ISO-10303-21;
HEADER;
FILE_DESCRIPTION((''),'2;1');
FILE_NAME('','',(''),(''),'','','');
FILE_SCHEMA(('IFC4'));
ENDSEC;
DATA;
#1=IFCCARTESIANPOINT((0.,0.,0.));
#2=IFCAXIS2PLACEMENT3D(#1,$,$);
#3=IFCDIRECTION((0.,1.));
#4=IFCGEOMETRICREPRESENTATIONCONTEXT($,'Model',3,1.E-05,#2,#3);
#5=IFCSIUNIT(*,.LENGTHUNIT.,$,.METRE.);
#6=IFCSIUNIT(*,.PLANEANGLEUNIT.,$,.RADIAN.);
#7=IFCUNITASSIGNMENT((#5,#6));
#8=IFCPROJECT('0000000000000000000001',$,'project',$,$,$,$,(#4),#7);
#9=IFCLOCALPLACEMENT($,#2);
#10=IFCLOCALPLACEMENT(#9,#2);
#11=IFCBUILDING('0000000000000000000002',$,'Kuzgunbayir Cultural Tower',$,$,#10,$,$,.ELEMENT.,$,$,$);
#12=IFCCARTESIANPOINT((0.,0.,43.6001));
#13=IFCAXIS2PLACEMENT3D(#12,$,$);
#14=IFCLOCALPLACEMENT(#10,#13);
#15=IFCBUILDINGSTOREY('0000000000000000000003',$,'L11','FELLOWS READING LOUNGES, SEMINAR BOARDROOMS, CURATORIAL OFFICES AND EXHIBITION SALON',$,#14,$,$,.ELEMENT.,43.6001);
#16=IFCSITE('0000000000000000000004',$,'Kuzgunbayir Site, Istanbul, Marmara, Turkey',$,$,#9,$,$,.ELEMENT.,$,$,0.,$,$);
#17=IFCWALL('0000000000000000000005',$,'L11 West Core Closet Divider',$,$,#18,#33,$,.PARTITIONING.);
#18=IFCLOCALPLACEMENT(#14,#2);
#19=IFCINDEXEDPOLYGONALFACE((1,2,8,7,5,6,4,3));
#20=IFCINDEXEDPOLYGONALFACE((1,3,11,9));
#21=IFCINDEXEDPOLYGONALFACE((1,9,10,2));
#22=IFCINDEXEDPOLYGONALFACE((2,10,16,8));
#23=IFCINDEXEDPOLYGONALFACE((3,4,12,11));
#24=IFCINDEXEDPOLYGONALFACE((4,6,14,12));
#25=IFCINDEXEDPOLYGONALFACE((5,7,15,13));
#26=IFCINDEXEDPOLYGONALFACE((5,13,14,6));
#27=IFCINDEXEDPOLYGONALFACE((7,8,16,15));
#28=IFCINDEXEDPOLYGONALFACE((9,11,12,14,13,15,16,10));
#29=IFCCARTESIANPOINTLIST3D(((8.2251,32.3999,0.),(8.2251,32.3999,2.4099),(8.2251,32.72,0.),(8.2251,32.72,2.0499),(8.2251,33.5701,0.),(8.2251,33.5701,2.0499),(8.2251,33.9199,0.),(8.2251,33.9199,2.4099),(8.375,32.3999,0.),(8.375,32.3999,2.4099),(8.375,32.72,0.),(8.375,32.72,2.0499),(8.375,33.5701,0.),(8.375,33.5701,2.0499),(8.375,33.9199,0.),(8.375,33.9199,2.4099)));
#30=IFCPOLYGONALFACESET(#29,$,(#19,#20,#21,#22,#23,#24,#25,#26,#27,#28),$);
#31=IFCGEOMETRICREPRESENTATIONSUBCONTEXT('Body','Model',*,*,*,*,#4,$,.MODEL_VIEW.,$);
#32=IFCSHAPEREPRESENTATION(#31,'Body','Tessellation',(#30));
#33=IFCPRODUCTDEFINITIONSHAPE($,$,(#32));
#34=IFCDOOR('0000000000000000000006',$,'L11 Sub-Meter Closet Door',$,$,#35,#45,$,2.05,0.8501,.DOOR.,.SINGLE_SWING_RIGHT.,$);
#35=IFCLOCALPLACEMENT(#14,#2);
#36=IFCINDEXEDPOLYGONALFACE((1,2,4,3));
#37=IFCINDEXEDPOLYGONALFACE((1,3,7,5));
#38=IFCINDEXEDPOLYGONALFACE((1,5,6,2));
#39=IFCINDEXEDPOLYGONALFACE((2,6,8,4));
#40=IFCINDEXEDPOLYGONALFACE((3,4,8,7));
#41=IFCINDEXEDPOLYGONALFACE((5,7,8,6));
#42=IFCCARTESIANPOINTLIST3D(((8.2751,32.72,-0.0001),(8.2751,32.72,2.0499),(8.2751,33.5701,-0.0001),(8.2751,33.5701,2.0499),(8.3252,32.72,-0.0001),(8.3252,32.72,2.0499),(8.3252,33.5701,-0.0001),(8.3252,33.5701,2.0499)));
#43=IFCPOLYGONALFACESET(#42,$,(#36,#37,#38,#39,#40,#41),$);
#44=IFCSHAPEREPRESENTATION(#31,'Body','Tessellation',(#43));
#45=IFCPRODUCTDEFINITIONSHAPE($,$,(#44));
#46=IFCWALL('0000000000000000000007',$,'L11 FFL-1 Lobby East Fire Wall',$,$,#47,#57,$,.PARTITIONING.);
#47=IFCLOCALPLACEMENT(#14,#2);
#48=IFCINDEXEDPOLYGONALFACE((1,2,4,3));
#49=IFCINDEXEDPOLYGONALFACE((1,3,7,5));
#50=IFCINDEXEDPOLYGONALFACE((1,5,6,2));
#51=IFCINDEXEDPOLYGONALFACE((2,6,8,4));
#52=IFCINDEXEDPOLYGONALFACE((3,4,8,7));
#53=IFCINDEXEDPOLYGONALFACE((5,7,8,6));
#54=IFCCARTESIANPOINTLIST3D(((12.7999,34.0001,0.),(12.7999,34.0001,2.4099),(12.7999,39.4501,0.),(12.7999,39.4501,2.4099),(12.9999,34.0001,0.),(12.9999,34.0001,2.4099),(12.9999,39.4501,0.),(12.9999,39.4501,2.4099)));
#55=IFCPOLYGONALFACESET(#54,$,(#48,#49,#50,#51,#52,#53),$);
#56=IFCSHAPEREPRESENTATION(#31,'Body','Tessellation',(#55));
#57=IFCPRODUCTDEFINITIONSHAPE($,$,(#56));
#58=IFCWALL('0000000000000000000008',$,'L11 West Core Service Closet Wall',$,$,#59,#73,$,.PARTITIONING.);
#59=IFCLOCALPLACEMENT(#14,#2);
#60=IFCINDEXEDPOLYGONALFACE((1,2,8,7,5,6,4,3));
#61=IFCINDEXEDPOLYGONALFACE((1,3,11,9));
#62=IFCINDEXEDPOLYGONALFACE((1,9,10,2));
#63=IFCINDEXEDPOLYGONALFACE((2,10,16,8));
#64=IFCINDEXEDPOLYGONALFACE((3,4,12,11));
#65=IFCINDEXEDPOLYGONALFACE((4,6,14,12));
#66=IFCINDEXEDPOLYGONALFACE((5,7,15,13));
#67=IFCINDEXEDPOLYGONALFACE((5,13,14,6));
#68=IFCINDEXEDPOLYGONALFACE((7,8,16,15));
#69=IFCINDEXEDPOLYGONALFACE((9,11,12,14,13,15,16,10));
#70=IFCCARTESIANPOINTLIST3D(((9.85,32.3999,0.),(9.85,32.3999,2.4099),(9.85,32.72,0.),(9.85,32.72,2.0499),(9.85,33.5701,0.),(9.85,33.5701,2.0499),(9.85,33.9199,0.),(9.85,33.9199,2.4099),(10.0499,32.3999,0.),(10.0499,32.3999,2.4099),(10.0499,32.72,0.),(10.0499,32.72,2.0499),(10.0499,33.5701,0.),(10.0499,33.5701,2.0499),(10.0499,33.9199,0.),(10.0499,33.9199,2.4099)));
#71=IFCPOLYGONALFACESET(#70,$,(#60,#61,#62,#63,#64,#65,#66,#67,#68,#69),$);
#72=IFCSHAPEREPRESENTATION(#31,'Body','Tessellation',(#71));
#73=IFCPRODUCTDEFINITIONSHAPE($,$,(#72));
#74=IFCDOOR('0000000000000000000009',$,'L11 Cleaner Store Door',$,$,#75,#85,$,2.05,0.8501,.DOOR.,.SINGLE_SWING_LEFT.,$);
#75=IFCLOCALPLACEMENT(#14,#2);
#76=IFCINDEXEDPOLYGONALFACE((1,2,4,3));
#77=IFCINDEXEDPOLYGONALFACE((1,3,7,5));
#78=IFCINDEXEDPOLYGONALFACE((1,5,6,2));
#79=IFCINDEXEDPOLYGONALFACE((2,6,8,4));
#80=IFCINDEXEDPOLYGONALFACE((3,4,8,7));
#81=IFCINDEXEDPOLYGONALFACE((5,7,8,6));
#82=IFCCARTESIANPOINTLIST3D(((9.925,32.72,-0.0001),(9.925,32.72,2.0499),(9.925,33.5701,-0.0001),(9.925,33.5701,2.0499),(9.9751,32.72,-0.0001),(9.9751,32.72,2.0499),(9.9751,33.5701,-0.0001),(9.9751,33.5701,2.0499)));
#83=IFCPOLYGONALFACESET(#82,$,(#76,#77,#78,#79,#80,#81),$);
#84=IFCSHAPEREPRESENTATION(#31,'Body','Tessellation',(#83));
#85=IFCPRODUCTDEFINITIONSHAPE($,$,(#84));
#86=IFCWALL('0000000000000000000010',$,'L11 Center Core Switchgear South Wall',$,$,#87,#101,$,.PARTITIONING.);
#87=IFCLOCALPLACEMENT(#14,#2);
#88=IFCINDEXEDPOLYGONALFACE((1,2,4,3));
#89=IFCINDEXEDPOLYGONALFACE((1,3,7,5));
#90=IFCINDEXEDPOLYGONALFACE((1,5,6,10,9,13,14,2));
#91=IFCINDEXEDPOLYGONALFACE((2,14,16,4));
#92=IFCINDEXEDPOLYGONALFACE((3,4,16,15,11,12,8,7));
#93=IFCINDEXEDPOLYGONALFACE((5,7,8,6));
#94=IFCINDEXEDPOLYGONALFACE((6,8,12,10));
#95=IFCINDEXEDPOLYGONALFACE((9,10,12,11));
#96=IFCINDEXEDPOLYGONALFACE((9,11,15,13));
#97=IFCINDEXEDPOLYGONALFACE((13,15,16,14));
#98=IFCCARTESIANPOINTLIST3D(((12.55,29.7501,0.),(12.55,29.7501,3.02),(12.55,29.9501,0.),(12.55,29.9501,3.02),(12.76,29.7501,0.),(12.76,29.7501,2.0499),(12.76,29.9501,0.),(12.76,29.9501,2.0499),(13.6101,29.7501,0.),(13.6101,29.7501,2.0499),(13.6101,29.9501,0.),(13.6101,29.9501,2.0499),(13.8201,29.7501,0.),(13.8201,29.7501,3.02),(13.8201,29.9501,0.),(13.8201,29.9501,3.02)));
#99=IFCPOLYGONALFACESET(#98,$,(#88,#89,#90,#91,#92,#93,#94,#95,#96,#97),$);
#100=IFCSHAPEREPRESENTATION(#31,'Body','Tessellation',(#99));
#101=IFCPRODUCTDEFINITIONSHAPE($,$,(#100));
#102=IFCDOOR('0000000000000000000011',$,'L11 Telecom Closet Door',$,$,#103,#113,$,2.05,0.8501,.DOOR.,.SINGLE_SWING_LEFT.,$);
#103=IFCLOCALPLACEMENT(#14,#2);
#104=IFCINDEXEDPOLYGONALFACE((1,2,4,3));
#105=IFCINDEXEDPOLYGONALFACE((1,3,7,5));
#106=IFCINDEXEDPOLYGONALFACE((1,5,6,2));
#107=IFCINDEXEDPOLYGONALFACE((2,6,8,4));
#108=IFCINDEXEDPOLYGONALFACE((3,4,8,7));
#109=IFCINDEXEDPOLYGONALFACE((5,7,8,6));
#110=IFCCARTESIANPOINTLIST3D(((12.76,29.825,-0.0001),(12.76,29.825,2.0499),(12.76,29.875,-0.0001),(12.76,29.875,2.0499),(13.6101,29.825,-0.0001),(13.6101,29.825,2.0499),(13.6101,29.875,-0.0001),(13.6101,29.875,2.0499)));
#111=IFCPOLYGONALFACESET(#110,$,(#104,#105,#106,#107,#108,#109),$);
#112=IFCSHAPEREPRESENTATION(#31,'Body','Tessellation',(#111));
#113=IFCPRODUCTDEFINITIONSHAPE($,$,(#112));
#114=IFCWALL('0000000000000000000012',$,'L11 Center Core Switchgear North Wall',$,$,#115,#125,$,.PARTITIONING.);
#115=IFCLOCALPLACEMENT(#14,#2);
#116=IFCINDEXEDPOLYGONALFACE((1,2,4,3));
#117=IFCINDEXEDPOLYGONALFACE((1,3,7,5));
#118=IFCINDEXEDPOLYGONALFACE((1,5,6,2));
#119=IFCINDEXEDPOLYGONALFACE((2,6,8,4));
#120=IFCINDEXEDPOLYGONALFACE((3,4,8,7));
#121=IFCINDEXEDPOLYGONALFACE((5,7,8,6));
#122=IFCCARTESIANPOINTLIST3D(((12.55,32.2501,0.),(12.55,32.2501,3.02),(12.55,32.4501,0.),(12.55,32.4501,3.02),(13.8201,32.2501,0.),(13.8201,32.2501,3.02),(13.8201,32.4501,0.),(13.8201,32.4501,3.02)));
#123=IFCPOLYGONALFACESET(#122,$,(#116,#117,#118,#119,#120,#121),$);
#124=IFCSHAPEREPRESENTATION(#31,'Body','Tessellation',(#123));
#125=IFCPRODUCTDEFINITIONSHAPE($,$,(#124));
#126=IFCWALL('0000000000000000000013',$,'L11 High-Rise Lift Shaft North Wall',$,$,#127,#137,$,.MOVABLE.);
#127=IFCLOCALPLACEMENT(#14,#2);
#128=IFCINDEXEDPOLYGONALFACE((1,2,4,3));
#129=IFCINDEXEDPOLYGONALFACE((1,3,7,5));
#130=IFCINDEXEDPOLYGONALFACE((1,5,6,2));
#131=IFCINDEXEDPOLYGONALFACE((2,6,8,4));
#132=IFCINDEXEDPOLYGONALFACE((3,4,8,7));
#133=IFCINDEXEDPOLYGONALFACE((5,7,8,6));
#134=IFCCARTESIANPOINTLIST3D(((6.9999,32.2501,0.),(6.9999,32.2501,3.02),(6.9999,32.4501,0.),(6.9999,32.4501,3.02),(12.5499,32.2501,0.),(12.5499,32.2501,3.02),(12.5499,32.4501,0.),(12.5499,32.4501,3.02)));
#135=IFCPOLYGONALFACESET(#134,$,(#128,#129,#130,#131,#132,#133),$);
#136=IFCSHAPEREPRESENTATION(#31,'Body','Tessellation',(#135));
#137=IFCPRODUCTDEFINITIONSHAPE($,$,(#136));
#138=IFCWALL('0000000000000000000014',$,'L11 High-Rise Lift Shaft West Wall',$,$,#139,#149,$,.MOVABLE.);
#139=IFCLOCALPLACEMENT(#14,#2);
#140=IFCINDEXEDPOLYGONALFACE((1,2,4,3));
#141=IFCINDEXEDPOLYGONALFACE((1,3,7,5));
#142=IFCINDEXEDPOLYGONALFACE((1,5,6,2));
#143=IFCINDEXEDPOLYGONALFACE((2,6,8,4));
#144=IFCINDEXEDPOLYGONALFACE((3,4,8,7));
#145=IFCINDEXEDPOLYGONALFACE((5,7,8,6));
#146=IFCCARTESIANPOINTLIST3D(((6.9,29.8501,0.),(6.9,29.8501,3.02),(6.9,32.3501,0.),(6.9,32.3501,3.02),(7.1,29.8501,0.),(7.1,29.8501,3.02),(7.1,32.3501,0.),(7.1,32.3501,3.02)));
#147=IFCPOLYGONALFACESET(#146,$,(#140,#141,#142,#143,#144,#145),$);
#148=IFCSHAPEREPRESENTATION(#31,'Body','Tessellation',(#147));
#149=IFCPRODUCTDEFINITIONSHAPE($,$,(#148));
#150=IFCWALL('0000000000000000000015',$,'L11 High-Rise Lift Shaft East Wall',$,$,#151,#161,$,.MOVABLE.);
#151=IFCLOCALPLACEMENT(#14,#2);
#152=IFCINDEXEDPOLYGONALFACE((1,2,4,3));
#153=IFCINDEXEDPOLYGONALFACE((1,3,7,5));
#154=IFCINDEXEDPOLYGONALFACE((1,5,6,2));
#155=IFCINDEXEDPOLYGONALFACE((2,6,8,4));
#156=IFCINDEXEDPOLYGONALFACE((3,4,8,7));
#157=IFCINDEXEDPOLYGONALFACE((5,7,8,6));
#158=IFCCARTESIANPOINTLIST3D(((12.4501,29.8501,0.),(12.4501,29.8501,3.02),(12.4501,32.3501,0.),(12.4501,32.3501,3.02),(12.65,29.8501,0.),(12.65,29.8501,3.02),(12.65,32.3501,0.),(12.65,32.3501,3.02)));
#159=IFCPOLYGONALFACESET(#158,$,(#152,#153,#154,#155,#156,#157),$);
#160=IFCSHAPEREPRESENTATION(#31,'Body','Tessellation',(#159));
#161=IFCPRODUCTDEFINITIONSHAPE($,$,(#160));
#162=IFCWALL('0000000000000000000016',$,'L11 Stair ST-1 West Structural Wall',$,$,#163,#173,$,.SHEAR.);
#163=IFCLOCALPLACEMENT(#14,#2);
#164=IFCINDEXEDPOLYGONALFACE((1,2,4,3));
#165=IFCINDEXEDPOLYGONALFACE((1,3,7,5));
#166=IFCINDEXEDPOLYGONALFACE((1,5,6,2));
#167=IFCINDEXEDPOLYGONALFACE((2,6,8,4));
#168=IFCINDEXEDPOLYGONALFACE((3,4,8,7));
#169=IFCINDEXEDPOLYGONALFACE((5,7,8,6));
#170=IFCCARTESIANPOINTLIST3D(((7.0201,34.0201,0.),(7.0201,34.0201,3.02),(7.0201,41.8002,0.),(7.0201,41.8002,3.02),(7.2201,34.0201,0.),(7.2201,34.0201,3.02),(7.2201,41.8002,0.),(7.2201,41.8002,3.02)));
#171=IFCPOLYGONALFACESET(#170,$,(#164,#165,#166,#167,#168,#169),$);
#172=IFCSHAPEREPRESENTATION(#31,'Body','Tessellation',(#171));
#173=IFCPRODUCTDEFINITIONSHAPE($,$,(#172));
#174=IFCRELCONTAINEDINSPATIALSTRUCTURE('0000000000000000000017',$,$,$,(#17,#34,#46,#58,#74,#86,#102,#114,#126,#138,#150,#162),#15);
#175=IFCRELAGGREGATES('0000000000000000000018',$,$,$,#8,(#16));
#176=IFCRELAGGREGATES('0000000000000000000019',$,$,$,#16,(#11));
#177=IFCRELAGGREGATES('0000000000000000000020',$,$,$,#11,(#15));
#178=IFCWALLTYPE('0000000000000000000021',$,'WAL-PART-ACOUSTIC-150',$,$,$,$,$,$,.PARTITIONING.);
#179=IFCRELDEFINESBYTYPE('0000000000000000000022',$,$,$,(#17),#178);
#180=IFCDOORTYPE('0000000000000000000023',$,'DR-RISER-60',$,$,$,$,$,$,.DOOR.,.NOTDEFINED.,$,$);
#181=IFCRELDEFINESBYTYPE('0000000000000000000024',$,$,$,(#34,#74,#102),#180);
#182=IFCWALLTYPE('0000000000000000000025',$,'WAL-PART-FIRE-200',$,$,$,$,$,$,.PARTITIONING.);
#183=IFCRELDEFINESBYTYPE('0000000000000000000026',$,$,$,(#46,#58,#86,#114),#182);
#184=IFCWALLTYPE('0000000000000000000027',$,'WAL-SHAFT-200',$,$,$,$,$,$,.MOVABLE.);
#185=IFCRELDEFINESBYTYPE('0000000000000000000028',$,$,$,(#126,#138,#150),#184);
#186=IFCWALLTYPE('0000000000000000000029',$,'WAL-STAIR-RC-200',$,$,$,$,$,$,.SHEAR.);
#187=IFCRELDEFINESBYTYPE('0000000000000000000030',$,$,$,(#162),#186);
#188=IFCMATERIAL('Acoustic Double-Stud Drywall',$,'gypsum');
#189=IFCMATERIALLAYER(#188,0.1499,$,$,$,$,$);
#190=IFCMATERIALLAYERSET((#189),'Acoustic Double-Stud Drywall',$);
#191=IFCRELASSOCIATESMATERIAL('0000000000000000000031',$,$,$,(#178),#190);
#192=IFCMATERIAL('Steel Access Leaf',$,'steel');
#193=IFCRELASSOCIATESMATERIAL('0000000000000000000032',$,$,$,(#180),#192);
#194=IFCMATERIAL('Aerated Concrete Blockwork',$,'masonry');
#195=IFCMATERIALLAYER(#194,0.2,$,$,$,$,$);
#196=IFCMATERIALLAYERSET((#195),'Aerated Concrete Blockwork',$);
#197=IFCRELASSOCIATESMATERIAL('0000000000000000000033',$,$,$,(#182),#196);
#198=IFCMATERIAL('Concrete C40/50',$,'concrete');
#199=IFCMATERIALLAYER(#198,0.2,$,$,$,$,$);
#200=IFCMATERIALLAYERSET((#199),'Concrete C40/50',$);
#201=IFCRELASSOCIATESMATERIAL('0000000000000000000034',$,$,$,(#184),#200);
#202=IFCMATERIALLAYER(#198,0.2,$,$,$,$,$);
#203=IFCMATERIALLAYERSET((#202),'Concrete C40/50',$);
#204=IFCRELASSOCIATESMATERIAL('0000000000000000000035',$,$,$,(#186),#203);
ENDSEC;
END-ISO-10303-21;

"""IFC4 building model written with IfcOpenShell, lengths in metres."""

from ifc_helpers import new_model, si_unit, direction, frame, frame_2d, origin, place, context, subcontext, project, spatial, rectangle, extrude, material, layer, layer_set, type_object, element, fill, save


model = new_model("IFC4")

# Units and contexts
model_context = context("Model", 3, precision=1e-05, world=origin(), true_north=direction((0.0, 1.0)))
body_context = subcontext(model_context, "Body", "Model", "MODEL_VIEW")
ifc_project = project(units=[si_unit("LENGTHUNIT", "METRE"), si_unit("PLANEANGLEUNIT", "RADIAN")], contexts=[model_context])

# Site, building, storey
site_placement = place(None, origin())
site = spatial("IfcSite", under=ifc_project, at=site_placement, Name="Kuzgunbayir Site, Istanbul, Marmara, Turkey", CompositionType="ELEMENT", RefElevation=0.0)
building_placement = place(site_placement, origin())
building = spatial("IfcBuilding", under=site, at=building_placement, Name="Kuzgunbayir Cultural Tower", CompositionType="ELEMENT")
storey_placement = place(building_placement, frame((0.0, 0.0, 43.6001)))
storey = spatial("IfcBuildingStorey", under=building, at=storey_placement, Name="L11", Description="FELLOWS READING LOUNGES, SEMINAR BOARDROOMS, CURATORIAL OFFICES AND EXHIBITION SALON", CompositionType="ELEMENT", Elevation=43.6001)

# Wall, opening, door
ifc_material_1 = material(Name="Acoustic Double-Stud Drywall", Category="gypsum")
ifc_layer_1 = layer(ifc_material_1, 0.1499)
ifc_layer_set_1 = layer_set([ifc_layer_1], Name="Acoustic Double-Stud Drywall")
wall_type_1 = type_object("IfcWallType", Name="WAL-PART-ACOUSTIC-150", PredefinedType="PARTITIONING", material=ifc_layer_set_1)
wall_1_placement = place(storey_placement, frame((8.3, 32.3999, 0.0), z_axis=(0.0, 0.0, 1.0), x_axis=(0.0, 1.0, 0.0)))
wall_1 = element("IfcWall", 1, at=wall_1_placement, inside=storey, type_object=wall_type_1, Name="L11 West Core Closet Divider", PredefinedType="PARTITIONING", context=body_context, shape_type="SweptSolid", body=[
    extrude(rectangle(XDim=1.52, YDim=0.1499, at=frame_2d((0.76, 0.0))), origin(), (0.0, 0.0, 1.0), 2.4099),
])
opening_1_placement = place(wall_1_placement, frame((0.3201, 0.0, 0.0)))
opening_1 = element("IfcOpeningElement", 2, at=opening_1_placement, cuts=wall_1, PredefinedType="OPENING", context=body_context, shape_type="SweptSolid", body=[
    extrude(rectangle(XDim=0.8501, YDim=2.05, at=frame_2d((0.425, 1.0249))), frame((0.0, 0.085, 0.0), z_axis=(0.0, -1.0, 0.0), x_axis=(1.0, 0.0, 0.0)), (0.0, 0.0, 1.0), 0.1699),
])
ifc_material_2 = material(Name="Steel Access Leaf", Category="steel")
door_type_1 = type_object("IfcDoorType", Name="DR-RISER-60", OperationType="NOTDEFINED", PredefinedType="DOOR", material=ifc_material_2)
door_1_placement = place(opening_1_placement, origin())
door_1 = element("IfcDoor", 3, at=door_1_placement, inside=storey, type_object=door_type_1, Name="L11 Sub-Meter Closet Door", OperationType="SINGLE_SWING_RIGHT", OverallHeight=2.05, OverallWidth=0.8501, PredefinedType="DOOR", context=body_context, shape_type="SweptSolid", body=[
    extrude(rectangle(XDim=0.8501, YDim=2.05, at=frame_2d((0.425, 1.0249))), frame((0.0, 0.0249, 0.0), z_axis=(0.0, -1.0, 0.0), x_axis=(1.0, 0.0, 0.0)), (0.0, 0.0, 1.0), 0.05),
])
fill(opening_1, door_1)

# Wall
ifc_material_3 = material(Name="Aerated Concrete Blockwork", Category="masonry")
ifc_layer_2 = layer(ifc_material_3, 0.2)
ifc_layer_set_2 = layer_set([ifc_layer_2], Name="Aerated Concrete Blockwork")
wall_type_2 = type_object("IfcWallType", Name="WAL-PART-FIRE-200", PredefinedType="PARTITIONING", material=ifc_layer_set_2)
wall_2_placement = place(storey_placement, frame((12.8999, 34.0, 0.0), z_axis=(0.0, 0.0, 1.0), x_axis=(0.0, 1.0, 0.0)))
element("IfcWall", 4, at=wall_2_placement, inside=storey, type_object=wall_type_2, Name="L11 FFL-1 Lobby East Fire Wall", PredefinedType="PARTITIONING", context=body_context, shape_type="SweptSolid", body=[
    extrude(rectangle(XDim=5.45, YDim=0.2, at=frame_2d((2.7251, 0.0))), origin(), (0.0, 0.0, 1.0), 2.4099),
])

# Walls, openings, doors
wall_3_placement = place(storey_placement, frame((9.95, 32.3999, 0.0), z_axis=(0.0, 0.0, 1.0), x_axis=(0.0, 1.0, 0.0)))
wall_3 = element("IfcWall", 5, at=wall_3_placement, inside=storey, type_object=wall_type_2, Name="L11 West Core Service Closet Wall", PredefinedType="PARTITIONING", context=body_context, shape_type="SweptSolid", body=[
    extrude(rectangle(XDim=1.52, YDim=0.2, at=frame_2d((0.76, 0.0))), origin(), (0.0, 0.0, 1.0), 2.4099),
])
opening_2_placement = place(wall_3_placement, frame((0.3201, 0.0, 0.0)))
opening_2 = element("IfcOpeningElement", 6, at=opening_2_placement, cuts=wall_3, PredefinedType="OPENING", context=body_context, shape_type="SweptSolid", body=[
    extrude(rectangle(XDim=0.8501, YDim=2.05, at=frame_2d((0.425, 1.0249))), frame((0.0, 0.1099, 0.0), z_axis=(0.0, -1.0, 0.0), x_axis=(1.0, 0.0, 0.0)), (0.0, 0.0, 1.0), 0.22),
])
door_2_placement = place(opening_2_placement, origin())
door_2 = element("IfcDoor", 7, at=door_2_placement, inside=storey, type_object=door_type_1, Name="L11 Cleaner Store Door", OperationType="SINGLE_SWING_LEFT", OverallHeight=2.05, OverallWidth=0.8501, PredefinedType="DOOR", context=body_context, shape_type="SweptSolid", body=[
    extrude(rectangle(XDim=0.8501, YDim=2.05, at=frame_2d((0.425, 1.0249))), frame((0.0, 0.0249, 0.0), z_axis=(0.0, -1.0, 0.0), x_axis=(1.0, 0.0, 0.0)), (0.0, 0.0, 1.0), 0.05),
])
fill(opening_2, door_2)
wall_4_placement = place(storey_placement, frame((12.55, 29.8501, 0.0), z_axis=(0.0, 0.0, 1.0), x_axis=(1.0, 0.0, 0.0)))
wall_4 = element("IfcWall", 8, at=wall_4_placement, inside=storey, type_object=wall_type_2, Name="L11 Center Core Switchgear South Wall", PredefinedType="PARTITIONING", context=body_context, shape_type="SweptSolid", body=[
    extrude(rectangle(XDim=1.27, YDim=0.2, at=frame_2d((0.635, 0.0))), origin(), (0.0, 0.0, 1.0), 3.02),
])
opening_3_placement = place(wall_4_placement, frame((0.21, 0.0, 0.0)))
opening_3 = element("IfcOpeningElement", 9, at=opening_3_placement, cuts=wall_4, PredefinedType="OPENING", context=body_context, shape_type="SweptSolid", body=[
    extrude(rectangle(XDim=0.8501, YDim=2.05, at=frame_2d((0.425, 1.0249))), frame((0.0, 0.1099, 0.0), z_axis=(0.0, -1.0, 0.0), x_axis=(1.0, 0.0, 0.0)), (0.0, 0.0, 1.0), 0.22),
])
door_3_placement = place(opening_3_placement, origin())
door_3 = element("IfcDoor", 10, at=door_3_placement, inside=storey, type_object=door_type_1, Name="L11 Telecom Closet Door", OperationType="SINGLE_SWING_LEFT", OverallHeight=2.05, OverallWidth=0.8501, PredefinedType="DOOR", context=body_context, shape_type="SweptSolid", body=[
    extrude(rectangle(XDim=0.8501, YDim=2.05, at=frame_2d((0.425, 1.0249))), frame((0.0, 0.0249, 0.0), z_axis=(0.0, -1.0, 0.0), x_axis=(1.0, 0.0, 0.0)), (0.0, 0.0, 1.0), 0.05),
])
fill(opening_3, door_3)

# Walls
wall_5_placement = place(storey_placement, frame((12.55, 32.3501, 0.0), z_axis=(0.0, 0.0, 1.0), x_axis=(1.0, 0.0, 0.0)))
element("IfcWall", 11, at=wall_5_placement, inside=storey, type_object=wall_type_2, Name="L11 Center Core Switchgear North Wall", PredefinedType="PARTITIONING", context=body_context, shape_type="SweptSolid", body=[
    extrude(rectangle(XDim=1.27, YDim=0.2, at=frame_2d((0.635, 0.0))), origin(), (0.0, 0.0, 1.0), 3.02),
])
ifc_material_4 = material(Name="Concrete C40/50", Category="concrete")
ifc_layer_3 = layer(ifc_material_4, 0.2)
ifc_layer_set_3 = layer_set([ifc_layer_3], Name="Concrete C40/50")
wall_type_3 = type_object("IfcWallType", Name="WAL-SHAFT-200", PredefinedType="MOVABLE", material=ifc_layer_set_3)
wall_6_placement = place(storey_placement, frame((7.0, 32.3501, 0.0), z_axis=(0.0, 0.0, 1.0), x_axis=(1.0, 0.0, 0.0)))
element("IfcWall", 12, at=wall_6_placement, inside=storey, type_object=wall_type_3, Name="L11 High-Rise Lift Shaft North Wall", PredefinedType="MOVABLE", context=body_context, shape_type="SweptSolid", body=[
    extrude(rectangle(XDim=5.55, YDim=0.2, at=frame_2d((2.7749, 0.0))), origin(), (0.0, 0.0, 1.0), 3.02),
])
for number, where, z_axis, x_axis, name in (
    (13, (7.0, 29.8501, 0.0), (0.0, 0.0, 1.0), (0.0, 1.0, 0.0), "L11 High-Rise Lift Shaft West Wall"),
    (14, (12.55, 29.8501, 0.0), (0.0, 0.0, 1.0), (0.0, 1.0, 0.0), "L11 High-Rise Lift Shaft East Wall"),
):
    element("IfcWall", number, at=place(storey_placement, frame(where, z_axis=z_axis, x_axis=x_axis)), inside=storey, type_object=wall_type_3, Name=name, PredefinedType="MOVABLE", context=body_context, shape_type="SweptSolid", body=[
        extrude(rectangle(XDim=2.5, YDim=0.2, at=frame_2d((1.25, 0.0))), origin(), (0.0, 0.0, 1.0), 3.02),
    ])
ifc_layer_4 = layer(ifc_material_4, 0.2)
ifc_layer_set_4 = layer_set([ifc_layer_4], Name="Concrete C40/50")
wall_type_4 = type_object("IfcWallType", Name="WAL-STAIR-RC-200", PredefinedType="SHEAR", material=ifc_layer_set_4)
wall_7_placement = place(storey_placement, frame((7.1201, 34.02, 0.0), z_axis=(0.0, 0.0, 1.0), x_axis=(0.0, 1.0, 0.0)))
element("IfcWall", 15, at=wall_7_placement, inside=storey, type_object=wall_type_4, Name="L11 Stair ST-1 West Structural Wall", PredefinedType="SHEAR", context=body_context, shape_type="SweptSolid", body=[
    extrude(rectangle(XDim=7.78, YDim=0.2, at=frame_2d((3.8901, 0.0))), origin(), (0.0, 0.0, 1.0), 3.02),
])

save(model, "model.ifc")
